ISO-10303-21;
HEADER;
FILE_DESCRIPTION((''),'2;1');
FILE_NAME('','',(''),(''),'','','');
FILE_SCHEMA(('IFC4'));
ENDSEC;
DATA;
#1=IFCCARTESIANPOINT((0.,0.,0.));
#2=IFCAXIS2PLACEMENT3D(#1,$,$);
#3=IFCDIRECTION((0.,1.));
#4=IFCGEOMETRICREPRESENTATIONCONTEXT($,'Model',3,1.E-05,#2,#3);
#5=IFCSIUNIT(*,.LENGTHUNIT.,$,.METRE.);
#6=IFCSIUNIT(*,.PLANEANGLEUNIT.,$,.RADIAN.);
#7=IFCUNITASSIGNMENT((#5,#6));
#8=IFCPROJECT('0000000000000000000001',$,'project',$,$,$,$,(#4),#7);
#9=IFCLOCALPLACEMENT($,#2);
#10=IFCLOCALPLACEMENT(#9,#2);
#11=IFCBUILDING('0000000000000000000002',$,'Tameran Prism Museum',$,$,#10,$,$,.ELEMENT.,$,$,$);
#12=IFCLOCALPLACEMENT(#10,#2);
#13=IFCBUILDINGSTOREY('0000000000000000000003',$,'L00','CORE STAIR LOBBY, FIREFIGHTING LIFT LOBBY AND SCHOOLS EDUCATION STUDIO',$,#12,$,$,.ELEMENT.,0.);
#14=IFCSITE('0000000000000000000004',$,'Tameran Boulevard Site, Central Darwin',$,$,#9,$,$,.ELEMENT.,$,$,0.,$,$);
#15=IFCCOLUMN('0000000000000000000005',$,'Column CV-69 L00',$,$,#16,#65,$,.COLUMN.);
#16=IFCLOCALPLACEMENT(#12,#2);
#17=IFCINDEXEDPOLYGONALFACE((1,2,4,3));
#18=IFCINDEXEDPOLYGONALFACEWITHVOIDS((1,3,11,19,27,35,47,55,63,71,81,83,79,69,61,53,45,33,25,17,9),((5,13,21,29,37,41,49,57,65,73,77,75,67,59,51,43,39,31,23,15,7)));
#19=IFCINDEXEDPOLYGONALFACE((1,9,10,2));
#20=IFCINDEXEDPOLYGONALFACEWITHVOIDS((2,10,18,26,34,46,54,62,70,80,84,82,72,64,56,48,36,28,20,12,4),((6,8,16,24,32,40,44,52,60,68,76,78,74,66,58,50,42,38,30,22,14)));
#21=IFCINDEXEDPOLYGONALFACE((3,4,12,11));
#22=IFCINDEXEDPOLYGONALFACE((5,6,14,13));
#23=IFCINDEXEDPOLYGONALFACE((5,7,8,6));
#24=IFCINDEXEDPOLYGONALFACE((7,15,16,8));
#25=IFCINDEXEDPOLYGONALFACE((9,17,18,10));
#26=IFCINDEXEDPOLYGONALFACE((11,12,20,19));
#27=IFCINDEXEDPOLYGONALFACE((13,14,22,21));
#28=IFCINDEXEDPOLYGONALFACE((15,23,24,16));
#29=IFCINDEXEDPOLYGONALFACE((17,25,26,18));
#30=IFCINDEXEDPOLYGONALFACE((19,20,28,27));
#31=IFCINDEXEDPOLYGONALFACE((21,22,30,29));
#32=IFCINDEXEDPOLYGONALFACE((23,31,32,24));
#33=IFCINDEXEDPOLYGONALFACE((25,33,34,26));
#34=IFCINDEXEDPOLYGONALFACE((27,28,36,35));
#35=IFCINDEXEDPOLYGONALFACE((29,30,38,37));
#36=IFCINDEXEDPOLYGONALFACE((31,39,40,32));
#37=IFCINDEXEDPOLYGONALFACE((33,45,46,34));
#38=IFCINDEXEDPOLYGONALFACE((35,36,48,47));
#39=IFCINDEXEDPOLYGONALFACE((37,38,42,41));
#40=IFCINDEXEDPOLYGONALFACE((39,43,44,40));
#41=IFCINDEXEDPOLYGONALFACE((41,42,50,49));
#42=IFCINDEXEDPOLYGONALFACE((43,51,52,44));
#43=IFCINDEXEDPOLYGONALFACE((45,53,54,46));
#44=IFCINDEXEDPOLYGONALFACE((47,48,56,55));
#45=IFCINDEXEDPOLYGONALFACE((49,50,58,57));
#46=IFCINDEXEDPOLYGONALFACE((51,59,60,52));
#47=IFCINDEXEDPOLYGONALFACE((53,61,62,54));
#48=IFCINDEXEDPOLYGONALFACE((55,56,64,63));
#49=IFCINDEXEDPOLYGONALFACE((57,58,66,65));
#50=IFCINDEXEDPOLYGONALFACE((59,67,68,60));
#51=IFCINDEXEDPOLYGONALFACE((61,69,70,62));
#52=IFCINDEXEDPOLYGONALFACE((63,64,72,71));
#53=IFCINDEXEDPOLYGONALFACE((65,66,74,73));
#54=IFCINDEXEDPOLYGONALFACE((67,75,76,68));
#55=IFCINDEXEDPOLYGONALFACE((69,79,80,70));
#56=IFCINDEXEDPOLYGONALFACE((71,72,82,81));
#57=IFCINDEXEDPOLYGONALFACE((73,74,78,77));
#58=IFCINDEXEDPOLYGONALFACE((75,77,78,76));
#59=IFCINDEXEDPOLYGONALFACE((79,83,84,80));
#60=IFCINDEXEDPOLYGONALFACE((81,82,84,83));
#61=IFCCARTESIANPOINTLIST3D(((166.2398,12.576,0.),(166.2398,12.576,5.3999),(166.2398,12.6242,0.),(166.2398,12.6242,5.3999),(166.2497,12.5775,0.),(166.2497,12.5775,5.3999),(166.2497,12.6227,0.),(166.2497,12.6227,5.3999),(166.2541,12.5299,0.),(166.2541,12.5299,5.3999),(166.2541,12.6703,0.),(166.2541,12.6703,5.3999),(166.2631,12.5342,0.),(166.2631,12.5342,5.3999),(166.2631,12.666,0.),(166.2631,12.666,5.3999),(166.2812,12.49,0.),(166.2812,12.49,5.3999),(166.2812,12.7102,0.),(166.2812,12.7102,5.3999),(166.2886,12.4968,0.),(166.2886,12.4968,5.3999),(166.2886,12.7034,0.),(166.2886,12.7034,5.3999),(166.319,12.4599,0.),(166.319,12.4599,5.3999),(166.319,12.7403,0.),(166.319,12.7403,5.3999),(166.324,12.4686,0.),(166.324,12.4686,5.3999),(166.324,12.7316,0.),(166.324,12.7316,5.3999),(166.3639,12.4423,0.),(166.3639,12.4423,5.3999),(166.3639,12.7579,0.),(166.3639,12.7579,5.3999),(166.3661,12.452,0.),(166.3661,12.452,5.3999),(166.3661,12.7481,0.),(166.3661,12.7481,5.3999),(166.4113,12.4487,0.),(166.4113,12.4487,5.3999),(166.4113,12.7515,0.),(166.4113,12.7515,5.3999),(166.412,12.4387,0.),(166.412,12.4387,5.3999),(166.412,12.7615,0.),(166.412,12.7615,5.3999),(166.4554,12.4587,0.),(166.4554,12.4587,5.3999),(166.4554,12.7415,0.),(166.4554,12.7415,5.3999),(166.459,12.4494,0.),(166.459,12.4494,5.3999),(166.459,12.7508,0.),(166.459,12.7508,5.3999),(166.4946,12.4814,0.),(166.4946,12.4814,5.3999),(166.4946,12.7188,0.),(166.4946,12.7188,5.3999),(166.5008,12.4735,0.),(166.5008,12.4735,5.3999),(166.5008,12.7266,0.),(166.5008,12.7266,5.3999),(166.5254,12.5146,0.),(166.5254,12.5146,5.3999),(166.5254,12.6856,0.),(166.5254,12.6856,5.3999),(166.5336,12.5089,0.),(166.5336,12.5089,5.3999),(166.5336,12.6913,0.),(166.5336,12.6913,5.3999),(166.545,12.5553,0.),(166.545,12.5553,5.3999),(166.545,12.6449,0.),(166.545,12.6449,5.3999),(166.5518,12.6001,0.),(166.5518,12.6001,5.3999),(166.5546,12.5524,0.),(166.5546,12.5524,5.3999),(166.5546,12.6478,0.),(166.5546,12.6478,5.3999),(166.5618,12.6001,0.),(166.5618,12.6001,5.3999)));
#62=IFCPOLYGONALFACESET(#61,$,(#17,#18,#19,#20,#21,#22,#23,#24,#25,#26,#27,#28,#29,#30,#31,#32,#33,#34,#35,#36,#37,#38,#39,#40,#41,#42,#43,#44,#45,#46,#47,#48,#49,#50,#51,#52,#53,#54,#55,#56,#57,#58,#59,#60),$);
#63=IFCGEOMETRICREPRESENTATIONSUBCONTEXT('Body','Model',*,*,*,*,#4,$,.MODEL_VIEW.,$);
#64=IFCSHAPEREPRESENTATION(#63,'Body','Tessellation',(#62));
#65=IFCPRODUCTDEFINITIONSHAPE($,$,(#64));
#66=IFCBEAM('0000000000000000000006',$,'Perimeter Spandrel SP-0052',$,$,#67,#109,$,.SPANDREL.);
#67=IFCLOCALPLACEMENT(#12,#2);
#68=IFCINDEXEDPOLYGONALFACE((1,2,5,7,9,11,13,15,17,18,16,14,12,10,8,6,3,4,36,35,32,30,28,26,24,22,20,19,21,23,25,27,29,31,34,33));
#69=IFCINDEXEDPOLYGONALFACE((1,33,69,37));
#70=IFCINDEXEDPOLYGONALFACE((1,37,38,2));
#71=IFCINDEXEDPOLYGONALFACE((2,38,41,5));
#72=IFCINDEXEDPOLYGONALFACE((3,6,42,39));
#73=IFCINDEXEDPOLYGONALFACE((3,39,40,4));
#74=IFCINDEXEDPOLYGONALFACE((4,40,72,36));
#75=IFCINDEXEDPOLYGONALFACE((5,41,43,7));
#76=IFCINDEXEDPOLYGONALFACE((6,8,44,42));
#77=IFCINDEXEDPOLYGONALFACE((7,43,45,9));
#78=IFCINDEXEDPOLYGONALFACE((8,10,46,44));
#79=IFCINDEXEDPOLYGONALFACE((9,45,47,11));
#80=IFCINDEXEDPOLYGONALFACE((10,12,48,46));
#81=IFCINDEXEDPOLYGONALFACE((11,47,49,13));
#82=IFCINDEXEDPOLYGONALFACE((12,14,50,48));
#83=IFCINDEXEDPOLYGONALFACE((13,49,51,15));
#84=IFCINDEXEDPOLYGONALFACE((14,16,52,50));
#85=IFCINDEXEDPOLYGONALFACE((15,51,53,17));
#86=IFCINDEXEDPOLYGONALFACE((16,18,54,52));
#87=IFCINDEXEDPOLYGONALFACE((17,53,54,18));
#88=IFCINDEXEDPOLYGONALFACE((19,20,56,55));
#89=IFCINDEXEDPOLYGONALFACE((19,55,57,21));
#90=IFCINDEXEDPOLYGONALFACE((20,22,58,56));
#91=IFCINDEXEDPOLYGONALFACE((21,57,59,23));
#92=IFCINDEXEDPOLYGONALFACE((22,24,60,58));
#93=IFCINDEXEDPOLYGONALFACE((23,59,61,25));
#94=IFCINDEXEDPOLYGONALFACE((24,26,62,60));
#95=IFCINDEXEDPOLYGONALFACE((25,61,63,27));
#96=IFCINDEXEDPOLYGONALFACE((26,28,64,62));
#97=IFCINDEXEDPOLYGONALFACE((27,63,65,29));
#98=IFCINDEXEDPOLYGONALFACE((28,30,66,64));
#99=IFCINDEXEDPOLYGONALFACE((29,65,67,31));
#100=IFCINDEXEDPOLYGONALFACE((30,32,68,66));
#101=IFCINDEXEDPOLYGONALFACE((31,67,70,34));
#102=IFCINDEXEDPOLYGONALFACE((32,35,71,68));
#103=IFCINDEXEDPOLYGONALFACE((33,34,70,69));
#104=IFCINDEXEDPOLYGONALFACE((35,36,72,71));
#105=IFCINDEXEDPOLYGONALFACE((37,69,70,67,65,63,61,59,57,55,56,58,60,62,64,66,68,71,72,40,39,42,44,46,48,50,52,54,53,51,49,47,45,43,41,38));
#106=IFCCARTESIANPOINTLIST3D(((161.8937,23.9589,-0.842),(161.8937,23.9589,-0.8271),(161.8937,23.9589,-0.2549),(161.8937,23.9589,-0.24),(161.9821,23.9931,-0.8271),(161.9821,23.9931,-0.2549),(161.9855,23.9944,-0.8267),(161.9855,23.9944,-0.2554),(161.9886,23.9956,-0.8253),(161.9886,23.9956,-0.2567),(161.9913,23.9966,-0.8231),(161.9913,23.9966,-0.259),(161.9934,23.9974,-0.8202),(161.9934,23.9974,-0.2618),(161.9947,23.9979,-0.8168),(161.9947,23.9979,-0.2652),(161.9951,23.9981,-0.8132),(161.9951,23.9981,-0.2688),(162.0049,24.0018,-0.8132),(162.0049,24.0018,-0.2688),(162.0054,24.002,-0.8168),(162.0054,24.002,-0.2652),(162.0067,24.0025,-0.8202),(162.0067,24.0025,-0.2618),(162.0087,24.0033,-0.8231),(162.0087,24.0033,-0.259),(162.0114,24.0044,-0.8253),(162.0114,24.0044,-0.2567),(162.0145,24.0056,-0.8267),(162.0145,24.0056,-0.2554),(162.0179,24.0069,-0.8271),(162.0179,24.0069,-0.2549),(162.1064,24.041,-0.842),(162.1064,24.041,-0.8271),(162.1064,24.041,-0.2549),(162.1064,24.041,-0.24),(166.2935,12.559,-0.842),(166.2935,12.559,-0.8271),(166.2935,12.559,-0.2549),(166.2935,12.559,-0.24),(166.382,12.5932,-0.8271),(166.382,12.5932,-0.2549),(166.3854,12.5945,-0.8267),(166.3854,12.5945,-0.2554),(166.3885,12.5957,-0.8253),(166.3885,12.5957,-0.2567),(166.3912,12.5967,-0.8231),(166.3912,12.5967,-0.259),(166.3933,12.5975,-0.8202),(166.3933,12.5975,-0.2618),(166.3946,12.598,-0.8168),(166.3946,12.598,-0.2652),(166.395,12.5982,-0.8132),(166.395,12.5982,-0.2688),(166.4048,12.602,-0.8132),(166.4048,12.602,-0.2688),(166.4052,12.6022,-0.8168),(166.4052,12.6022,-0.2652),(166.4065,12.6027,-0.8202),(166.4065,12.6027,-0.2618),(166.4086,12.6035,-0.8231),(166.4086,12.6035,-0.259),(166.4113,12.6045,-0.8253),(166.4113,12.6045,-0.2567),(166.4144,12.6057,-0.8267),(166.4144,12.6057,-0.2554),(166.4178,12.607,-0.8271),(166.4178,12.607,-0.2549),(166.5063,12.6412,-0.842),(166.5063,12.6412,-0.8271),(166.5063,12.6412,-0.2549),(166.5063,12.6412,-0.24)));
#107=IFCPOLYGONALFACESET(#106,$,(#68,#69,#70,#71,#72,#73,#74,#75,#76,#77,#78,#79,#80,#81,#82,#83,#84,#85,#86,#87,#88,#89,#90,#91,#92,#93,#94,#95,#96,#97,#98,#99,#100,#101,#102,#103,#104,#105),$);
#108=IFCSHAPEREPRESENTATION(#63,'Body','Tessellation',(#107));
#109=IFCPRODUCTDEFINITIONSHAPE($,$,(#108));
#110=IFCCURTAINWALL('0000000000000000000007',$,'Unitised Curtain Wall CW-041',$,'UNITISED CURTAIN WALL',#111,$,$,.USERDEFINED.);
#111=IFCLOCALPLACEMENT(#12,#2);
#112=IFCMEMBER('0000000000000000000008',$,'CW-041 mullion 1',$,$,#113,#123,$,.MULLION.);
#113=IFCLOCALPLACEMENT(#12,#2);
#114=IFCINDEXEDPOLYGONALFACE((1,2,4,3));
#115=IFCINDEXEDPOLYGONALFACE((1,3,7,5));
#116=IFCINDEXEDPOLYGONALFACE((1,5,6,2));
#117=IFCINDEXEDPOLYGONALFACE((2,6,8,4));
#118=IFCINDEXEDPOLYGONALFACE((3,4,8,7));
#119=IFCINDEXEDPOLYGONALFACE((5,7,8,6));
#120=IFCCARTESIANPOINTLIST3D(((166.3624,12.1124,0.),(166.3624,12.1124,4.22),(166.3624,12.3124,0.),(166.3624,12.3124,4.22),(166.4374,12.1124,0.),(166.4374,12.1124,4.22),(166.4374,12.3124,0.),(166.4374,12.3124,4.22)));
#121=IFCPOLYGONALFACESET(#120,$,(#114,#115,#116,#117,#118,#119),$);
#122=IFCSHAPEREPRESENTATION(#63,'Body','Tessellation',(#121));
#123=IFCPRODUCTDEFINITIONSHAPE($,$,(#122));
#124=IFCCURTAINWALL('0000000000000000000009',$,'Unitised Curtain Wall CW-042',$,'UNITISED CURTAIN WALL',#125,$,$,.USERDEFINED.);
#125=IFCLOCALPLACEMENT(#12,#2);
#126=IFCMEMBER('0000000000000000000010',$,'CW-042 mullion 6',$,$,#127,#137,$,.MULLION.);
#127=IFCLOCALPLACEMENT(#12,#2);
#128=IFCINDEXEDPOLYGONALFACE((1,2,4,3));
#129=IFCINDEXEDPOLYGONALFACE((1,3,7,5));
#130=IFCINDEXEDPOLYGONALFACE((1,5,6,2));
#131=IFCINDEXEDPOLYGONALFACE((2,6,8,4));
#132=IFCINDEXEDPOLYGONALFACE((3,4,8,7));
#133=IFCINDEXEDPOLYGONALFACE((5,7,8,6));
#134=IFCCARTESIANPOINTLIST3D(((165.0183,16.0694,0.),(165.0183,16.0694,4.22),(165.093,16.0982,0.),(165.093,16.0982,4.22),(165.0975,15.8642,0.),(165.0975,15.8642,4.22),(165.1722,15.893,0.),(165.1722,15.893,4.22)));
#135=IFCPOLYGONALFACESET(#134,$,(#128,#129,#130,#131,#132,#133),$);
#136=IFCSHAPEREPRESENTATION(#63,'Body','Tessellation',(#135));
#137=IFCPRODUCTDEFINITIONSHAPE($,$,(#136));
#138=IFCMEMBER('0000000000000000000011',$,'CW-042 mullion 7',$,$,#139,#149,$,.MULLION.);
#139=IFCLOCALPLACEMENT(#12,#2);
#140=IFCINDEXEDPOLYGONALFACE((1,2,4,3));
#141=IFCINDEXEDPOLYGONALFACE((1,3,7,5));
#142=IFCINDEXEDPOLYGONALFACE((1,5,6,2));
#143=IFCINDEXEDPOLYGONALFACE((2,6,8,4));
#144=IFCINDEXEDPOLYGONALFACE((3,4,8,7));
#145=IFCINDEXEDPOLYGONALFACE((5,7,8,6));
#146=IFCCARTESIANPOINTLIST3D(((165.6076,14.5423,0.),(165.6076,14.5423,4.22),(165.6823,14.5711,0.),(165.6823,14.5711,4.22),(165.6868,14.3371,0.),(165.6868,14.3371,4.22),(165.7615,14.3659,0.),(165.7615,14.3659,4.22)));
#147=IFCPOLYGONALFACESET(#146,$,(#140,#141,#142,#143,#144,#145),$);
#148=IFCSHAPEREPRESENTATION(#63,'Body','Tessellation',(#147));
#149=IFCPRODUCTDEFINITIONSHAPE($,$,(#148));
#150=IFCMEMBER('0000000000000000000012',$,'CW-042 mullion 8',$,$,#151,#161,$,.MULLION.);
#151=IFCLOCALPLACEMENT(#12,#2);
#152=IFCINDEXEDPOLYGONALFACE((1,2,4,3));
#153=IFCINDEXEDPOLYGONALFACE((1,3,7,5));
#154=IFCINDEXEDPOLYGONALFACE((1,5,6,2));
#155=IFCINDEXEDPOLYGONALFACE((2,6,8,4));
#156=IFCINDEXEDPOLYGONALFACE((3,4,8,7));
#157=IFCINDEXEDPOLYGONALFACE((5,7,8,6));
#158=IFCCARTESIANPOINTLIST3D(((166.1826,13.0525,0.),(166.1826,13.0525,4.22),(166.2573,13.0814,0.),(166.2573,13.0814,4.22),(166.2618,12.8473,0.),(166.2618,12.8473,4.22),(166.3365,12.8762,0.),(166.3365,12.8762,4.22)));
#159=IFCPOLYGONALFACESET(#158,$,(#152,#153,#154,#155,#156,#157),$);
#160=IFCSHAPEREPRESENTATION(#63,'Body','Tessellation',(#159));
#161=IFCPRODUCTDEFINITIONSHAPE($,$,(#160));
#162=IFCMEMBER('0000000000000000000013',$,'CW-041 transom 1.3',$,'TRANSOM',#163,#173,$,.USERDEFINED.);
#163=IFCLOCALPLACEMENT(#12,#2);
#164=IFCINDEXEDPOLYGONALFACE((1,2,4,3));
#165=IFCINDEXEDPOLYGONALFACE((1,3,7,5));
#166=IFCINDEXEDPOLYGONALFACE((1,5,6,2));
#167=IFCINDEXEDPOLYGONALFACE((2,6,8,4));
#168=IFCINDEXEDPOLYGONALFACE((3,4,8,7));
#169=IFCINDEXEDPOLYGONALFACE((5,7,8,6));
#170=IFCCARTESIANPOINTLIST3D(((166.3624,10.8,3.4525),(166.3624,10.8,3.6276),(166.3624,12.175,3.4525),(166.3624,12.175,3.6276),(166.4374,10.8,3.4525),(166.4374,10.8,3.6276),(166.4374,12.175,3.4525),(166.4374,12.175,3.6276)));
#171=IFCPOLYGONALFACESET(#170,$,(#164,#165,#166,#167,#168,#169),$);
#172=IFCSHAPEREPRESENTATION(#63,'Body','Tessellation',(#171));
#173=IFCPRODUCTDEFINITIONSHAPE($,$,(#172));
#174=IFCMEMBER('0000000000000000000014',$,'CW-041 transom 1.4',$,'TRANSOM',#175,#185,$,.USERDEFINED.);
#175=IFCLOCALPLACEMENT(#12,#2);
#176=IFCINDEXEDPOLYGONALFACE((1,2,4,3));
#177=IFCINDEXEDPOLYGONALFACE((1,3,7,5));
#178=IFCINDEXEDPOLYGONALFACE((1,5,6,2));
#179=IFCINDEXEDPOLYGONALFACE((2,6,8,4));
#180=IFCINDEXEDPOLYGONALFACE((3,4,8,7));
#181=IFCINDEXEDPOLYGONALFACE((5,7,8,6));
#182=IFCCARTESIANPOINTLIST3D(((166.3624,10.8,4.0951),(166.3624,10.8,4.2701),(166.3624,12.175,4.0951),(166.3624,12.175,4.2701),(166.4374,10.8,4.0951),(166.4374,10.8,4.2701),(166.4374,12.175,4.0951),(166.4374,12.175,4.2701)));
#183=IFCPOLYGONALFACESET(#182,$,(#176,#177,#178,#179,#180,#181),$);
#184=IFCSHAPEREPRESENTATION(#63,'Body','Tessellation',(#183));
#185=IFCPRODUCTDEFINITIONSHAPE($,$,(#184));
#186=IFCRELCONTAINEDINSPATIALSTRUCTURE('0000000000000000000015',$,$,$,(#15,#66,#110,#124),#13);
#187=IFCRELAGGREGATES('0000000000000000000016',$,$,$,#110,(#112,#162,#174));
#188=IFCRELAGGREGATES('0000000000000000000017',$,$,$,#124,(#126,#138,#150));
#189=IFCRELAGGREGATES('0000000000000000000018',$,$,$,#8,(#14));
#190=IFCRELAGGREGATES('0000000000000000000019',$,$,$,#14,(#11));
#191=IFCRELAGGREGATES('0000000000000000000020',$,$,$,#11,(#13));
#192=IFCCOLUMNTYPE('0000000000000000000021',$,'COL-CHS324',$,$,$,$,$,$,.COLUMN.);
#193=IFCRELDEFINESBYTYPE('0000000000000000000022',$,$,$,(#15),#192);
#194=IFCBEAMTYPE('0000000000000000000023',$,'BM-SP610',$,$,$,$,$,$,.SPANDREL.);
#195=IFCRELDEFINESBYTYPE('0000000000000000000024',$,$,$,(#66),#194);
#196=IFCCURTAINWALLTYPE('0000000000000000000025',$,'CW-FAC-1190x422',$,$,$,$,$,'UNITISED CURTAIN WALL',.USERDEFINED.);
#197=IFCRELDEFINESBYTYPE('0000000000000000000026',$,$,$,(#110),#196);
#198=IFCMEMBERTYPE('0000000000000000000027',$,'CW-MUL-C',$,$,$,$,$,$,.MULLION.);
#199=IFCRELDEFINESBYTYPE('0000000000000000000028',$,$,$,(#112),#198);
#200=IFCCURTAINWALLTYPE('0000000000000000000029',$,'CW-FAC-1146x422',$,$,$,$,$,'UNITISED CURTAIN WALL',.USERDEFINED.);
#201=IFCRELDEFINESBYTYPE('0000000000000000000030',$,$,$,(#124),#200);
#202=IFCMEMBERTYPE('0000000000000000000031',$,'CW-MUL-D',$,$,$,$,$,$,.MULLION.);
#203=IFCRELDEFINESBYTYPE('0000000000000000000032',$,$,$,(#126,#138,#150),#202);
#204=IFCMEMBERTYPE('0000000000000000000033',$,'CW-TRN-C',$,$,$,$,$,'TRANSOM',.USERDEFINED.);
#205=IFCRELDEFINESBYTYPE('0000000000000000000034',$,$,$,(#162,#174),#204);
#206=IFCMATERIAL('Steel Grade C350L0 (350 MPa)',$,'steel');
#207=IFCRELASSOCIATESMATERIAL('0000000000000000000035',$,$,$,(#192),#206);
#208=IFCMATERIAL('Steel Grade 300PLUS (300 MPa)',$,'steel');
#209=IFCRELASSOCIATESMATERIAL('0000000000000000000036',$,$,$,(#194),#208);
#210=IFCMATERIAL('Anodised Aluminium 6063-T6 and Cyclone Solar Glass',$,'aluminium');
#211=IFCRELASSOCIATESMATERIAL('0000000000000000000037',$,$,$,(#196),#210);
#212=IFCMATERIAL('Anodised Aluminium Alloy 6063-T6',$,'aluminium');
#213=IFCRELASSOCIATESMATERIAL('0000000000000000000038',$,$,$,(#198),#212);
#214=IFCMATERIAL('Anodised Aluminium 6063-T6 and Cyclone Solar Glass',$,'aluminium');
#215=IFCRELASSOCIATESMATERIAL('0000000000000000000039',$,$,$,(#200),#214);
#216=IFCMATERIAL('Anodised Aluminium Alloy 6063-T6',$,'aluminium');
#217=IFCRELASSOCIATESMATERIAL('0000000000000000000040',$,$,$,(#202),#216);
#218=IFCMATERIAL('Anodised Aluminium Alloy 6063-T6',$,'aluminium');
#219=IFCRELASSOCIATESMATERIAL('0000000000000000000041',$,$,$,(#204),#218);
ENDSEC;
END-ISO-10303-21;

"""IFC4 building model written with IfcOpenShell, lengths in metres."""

from ifc_helpers import new_model, si_unit, direction, frame, origin, origin_2d, place, context, subcontext, project, spatial, rectangle, hollow_circle, i_section, extrude, material, material_profile, profile_set, type_object, element, aggregate, save


model = new_model("IFC4")

# Units and contexts
model_context = context("Model", 3, precision=1e-05, world=origin(), true_north=direction((0.0, 1.0)))
body_context = subcontext(model_context, "Body", "Model", "MODEL_VIEW")
ifc_project = project(units=[si_unit("LENGTHUNIT", "METRE"), si_unit("PLANEANGLEUNIT", "RADIAN")], contexts=[model_context])

# Site, building, storey
site_placement = place(None, origin())
site = spatial("IfcSite", under=ifc_project, at=site_placement, Name="Tameran Boulevard Site, Central Darwin", CompositionType="ELEMENT", RefElevation=0.0)
building_placement = place(site_placement, origin())
building = spatial("IfcBuilding", under=site, at=building_placement, Name="Tameran Prism Museum", CompositionType="ELEMENT")
storey_placement = place(building_placement, origin())
storey = spatial("IfcBuildingStorey", under=building, at=storey_placement, Name="L00", Description="CORE STAIR LOBBY, FIREFIGHTING LIFT LOBBY AND SCHOOLS EDUCATION STUDIO", CompositionType="ELEMENT", Elevation=0.0)

# Column
ifc_material_1 = material(Name="Steel Grade C350L0 (350 MPa)", Category="steel")
ifc_material_profile_1 = material_profile(ifc_material_1, hollow_circle(Radius=0.1619, WallThickness=0.01, at=origin_2d()))
ifc_profile_set_1 = profile_set([ifc_material_profile_1])
column_type = type_object("IfcColumnType", Name="COL-CHS324", PredefinedType="COLUMN", material=ifc_profile_set_1)
column_placement = place(storey_placement, frame((166.3999, 12.6001, 0.0), z_axis=(0.0, 0.0, 1.0), x_axis=(1.0, 0.0, 0.0)))
element("IfcColumn", 1, at=column_placement, inside=storey, type_object=column_type, Name="Column CV-69 L00", PredefinedType="COLUMN", context=body_context, shape_type="SweptSolid", body=[
    extrude(hollow_circle(Radius=0.1619, WallThickness=0.01, at=origin_2d()), origin(), (0.0, 0.0, 1.0), 5.3999),
])

# Beam
ifc_material_2 = material(Name="Steel Grade 300PLUS (300 MPa)", Category="steel")
ifc_material_profile_2 = material_profile(ifc_material_2, i_section(OverallWidth=0.228, OverallDepth=0.6021, WebThickness=0.0105, FlangeThickness=0.0149, FilletRadius=0.0139, at=origin_2d()))
ifc_profile_set_2 = profile_set([ifc_material_profile_2])
beam_type = type_object("IfcBeamType", Name="BM-SP610", PredefinedType="SPANDREL", material=ifc_profile_set_2)
beam_placement = place(storey_placement, frame((166.3999, 12.6001, -0.541), z_axis=(-0.360071, 0.932925, 0.0), x_axis=(-0.932925, -0.360071, 0.0)))
element("IfcBeam", 2, at=beam_placement, inside=storey, type_object=beam_type, Name="Perimeter Spandrel SP-0052", PredefinedType="SPANDREL", context=body_context, shape_type="SweptSolid", body=[
    extrude(i_section(OverallWidth=0.228, OverallDepth=0.6021, WebThickness=0.0105, FlangeThickness=0.0149, FilletRadius=0.0139, at=origin_2d()), origin(), (0.0, 0.0, 1.0), 12.2195),
])

# Curtain wall, member
ifc_material_3 = material(Name="Anodised Aluminium 6063-T6 and Cyclone Solar Glass", Category="aluminium")
curtain_wall_type_1 = type_object("IfcCurtainWallType", Name="CW-FAC-1190x422", ElementType="UNITISED CURTAIN WALL", PredefinedType="USERDEFINED", material=ifc_material_3)
curtain_wall_1_placement = place(storey_placement, origin())
curtain_wall_1 = element("IfcCurtainWall", 3, at=curtain_wall_1_placement, inside=storey, type_object=curtain_wall_type_1, Name="Unitised Curtain Wall CW-041", ObjectType="UNITISED CURTAIN WALL", PredefinedType="USERDEFINED")
ifc_material_4 = material(Name="Anodised Aluminium Alloy 6063-T6", Category="aluminium")
ifc_material_profile_3 = material_profile(ifc_material_4, rectangle(XDim=0.075, YDim=0.2, at=origin_2d()))
ifc_profile_set_3 = profile_set([ifc_material_profile_3])
member_type_1 = type_object("IfcMemberType", Name="CW-MUL-C", PredefinedType="MULLION", material=ifc_profile_set_3)
member_1_placement = place(storey_placement, frame((166.3999, 12.2124, 0.0), z_axis=(0.0, 0.0, 1.0), x_axis=(1.0, 0.0, 0.0)))
member_1 = element("IfcMember", 4, at=member_1_placement, type_object=member_type_1, Name="CW-041 mullion 1", PredefinedType="MULLION", context=body_context, shape_type="SweptSolid", body=[
    extrude(rectangle(XDim=0.075, YDim=0.2, at=origin_2d()), origin(), (0.0, 0.0, 1.0), 4.22),
])

# Curtain wall, members
ifc_material_5 = material(Name="Anodised Aluminium 6063-T6 and Cyclone Solar Glass", Category="aluminium")
curtain_wall_type_2 = type_object("IfcCurtainWallType", Name="CW-FAC-1146x422", ElementType="UNITISED CURTAIN WALL", PredefinedType="USERDEFINED", material=ifc_material_5)
curtain_wall_2_placement = place(storey_placement, origin())
curtain_wall_2 = element("IfcCurtainWall", 5, at=curtain_wall_2_placement, inside=storey, type_object=curtain_wall_type_2, Name="Unitised Curtain Wall CW-042", ObjectType="UNITISED CURTAIN WALL", PredefinedType="USERDEFINED")
ifc_material_6 = material(Name="Anodised Aluminium Alloy 6063-T6", Category="aluminium")
ifc_material_profile_4 = material_profile(ifc_material_6, rectangle(XDim=0.0801, YDim=0.22, at=origin_2d()))
ifc_profile_set_4 = profile_set([ifc_material_profile_4])
member_type_2 = type_object("IfcMemberType", Name="CW-MUL-D", PredefinedType="MULLION", material=ifc_profile_set_4)
member_2_placement = place(storey_placement, frame((165.0952, 15.9812, 0.0), z_axis=(0.0, 0.0, 1.0), x_axis=(0.932922, 0.360078, 0.0)))
member_2 = element("IfcMember", 6, at=member_2_placement, type_object=member_type_2, Name="CW-042 mullion 6", PredefinedType="MULLION", context=body_context, shape_type="SweptSolid", body=[
    extrude(rectangle(XDim=0.0801, YDim=0.22, at=origin_2d()), origin(), (0.0, 0.0, 1.0), 4.22),
])
member_3_placement = place(storey_placement, frame((165.6846, 14.4541, 0.0), z_axis=(0.0, 0.0, 1.0), x_axis=(0.932922, 0.360078, 0.0)))
member_3 = element("IfcMember", 7, at=member_3_placement, type_object=member_type_2, Name="CW-042 mullion 7", PredefinedType="MULLION", context=body_context, shape_type="SweptSolid", body=[
    extrude(rectangle(XDim=0.0801, YDim=0.22, at=origin_2d()), origin(), (0.0, 0.0, 1.0), 4.22),
])
member_4_placement = place(storey_placement, frame((166.2595, 12.9644, 0.0), z_axis=(0.0, 0.0, 1.0), x_axis=(0.932922, 0.360078, 0.0)))
member_4 = element("IfcMember", 8, at=member_4_placement, type_object=member_type_2, Name="CW-042 mullion 8", PredefinedType="MULLION", context=body_context, shape_type="SweptSolid", body=[
    extrude(rectangle(XDim=0.0801, YDim=0.22, at=origin_2d()), origin(), (0.0, 0.0, 1.0), 4.22),
])

# Members
ifc_material_7 = material(Name="Anodised Aluminium Alloy 6063-T6", Category="aluminium")
ifc_material_profile_5 = material_profile(ifc_material_7, rectangle(XDim=0.075, YDim=0.175, at=origin_2d()))
ifc_profile_set_5 = profile_set([ifc_material_profile_5])
member_type_3 = type_object("IfcMemberType", Name="CW-TRN-C", ElementType="TRANSOM", PredefinedType="USERDEFINED", material=ifc_profile_set_5)
member_5_placement = place(storey_placement, frame((166.3999, 12.175, 3.54), z_axis=(0.0, -1.0, 0.0), x_axis=(1.0, 0.0, 0.0)))
member_5 = element("IfcMember", 9, at=member_5_placement, type_object=member_type_3, Name="CW-041 transom 1.3", ObjectType="TRANSOM", PredefinedType="USERDEFINED", context=body_context, shape_type="SweptSolid", body=[
    extrude(rectangle(XDim=0.075, YDim=0.175, at=origin_2d()), origin(), (0.0, 0.0, 1.0), 1.375),
])
member_6_placement = place(storey_placement, frame((166.3999, 12.175, 4.1826), z_axis=(0.0, -1.0, 0.0), x_axis=(1.0, 0.0, 0.0)))
member_6 = element("IfcMember", 10, at=member_6_placement, type_object=member_type_3, Name="CW-041 transom 1.4", ObjectType="TRANSOM", PredefinedType="USERDEFINED", context=body_context, shape_type="SweptSolid", body=[
    extrude(rectangle(XDim=0.075, YDim=0.175, at=origin_2d()), origin(), (0.0, 0.0, 1.0), 1.375),
])
aggregate(curtain_wall_1, [member_1, member_5, member_6])

aggregate(curtain_wall_2, [member_2, member_3, member_4])

save(model, "model.ifc")
